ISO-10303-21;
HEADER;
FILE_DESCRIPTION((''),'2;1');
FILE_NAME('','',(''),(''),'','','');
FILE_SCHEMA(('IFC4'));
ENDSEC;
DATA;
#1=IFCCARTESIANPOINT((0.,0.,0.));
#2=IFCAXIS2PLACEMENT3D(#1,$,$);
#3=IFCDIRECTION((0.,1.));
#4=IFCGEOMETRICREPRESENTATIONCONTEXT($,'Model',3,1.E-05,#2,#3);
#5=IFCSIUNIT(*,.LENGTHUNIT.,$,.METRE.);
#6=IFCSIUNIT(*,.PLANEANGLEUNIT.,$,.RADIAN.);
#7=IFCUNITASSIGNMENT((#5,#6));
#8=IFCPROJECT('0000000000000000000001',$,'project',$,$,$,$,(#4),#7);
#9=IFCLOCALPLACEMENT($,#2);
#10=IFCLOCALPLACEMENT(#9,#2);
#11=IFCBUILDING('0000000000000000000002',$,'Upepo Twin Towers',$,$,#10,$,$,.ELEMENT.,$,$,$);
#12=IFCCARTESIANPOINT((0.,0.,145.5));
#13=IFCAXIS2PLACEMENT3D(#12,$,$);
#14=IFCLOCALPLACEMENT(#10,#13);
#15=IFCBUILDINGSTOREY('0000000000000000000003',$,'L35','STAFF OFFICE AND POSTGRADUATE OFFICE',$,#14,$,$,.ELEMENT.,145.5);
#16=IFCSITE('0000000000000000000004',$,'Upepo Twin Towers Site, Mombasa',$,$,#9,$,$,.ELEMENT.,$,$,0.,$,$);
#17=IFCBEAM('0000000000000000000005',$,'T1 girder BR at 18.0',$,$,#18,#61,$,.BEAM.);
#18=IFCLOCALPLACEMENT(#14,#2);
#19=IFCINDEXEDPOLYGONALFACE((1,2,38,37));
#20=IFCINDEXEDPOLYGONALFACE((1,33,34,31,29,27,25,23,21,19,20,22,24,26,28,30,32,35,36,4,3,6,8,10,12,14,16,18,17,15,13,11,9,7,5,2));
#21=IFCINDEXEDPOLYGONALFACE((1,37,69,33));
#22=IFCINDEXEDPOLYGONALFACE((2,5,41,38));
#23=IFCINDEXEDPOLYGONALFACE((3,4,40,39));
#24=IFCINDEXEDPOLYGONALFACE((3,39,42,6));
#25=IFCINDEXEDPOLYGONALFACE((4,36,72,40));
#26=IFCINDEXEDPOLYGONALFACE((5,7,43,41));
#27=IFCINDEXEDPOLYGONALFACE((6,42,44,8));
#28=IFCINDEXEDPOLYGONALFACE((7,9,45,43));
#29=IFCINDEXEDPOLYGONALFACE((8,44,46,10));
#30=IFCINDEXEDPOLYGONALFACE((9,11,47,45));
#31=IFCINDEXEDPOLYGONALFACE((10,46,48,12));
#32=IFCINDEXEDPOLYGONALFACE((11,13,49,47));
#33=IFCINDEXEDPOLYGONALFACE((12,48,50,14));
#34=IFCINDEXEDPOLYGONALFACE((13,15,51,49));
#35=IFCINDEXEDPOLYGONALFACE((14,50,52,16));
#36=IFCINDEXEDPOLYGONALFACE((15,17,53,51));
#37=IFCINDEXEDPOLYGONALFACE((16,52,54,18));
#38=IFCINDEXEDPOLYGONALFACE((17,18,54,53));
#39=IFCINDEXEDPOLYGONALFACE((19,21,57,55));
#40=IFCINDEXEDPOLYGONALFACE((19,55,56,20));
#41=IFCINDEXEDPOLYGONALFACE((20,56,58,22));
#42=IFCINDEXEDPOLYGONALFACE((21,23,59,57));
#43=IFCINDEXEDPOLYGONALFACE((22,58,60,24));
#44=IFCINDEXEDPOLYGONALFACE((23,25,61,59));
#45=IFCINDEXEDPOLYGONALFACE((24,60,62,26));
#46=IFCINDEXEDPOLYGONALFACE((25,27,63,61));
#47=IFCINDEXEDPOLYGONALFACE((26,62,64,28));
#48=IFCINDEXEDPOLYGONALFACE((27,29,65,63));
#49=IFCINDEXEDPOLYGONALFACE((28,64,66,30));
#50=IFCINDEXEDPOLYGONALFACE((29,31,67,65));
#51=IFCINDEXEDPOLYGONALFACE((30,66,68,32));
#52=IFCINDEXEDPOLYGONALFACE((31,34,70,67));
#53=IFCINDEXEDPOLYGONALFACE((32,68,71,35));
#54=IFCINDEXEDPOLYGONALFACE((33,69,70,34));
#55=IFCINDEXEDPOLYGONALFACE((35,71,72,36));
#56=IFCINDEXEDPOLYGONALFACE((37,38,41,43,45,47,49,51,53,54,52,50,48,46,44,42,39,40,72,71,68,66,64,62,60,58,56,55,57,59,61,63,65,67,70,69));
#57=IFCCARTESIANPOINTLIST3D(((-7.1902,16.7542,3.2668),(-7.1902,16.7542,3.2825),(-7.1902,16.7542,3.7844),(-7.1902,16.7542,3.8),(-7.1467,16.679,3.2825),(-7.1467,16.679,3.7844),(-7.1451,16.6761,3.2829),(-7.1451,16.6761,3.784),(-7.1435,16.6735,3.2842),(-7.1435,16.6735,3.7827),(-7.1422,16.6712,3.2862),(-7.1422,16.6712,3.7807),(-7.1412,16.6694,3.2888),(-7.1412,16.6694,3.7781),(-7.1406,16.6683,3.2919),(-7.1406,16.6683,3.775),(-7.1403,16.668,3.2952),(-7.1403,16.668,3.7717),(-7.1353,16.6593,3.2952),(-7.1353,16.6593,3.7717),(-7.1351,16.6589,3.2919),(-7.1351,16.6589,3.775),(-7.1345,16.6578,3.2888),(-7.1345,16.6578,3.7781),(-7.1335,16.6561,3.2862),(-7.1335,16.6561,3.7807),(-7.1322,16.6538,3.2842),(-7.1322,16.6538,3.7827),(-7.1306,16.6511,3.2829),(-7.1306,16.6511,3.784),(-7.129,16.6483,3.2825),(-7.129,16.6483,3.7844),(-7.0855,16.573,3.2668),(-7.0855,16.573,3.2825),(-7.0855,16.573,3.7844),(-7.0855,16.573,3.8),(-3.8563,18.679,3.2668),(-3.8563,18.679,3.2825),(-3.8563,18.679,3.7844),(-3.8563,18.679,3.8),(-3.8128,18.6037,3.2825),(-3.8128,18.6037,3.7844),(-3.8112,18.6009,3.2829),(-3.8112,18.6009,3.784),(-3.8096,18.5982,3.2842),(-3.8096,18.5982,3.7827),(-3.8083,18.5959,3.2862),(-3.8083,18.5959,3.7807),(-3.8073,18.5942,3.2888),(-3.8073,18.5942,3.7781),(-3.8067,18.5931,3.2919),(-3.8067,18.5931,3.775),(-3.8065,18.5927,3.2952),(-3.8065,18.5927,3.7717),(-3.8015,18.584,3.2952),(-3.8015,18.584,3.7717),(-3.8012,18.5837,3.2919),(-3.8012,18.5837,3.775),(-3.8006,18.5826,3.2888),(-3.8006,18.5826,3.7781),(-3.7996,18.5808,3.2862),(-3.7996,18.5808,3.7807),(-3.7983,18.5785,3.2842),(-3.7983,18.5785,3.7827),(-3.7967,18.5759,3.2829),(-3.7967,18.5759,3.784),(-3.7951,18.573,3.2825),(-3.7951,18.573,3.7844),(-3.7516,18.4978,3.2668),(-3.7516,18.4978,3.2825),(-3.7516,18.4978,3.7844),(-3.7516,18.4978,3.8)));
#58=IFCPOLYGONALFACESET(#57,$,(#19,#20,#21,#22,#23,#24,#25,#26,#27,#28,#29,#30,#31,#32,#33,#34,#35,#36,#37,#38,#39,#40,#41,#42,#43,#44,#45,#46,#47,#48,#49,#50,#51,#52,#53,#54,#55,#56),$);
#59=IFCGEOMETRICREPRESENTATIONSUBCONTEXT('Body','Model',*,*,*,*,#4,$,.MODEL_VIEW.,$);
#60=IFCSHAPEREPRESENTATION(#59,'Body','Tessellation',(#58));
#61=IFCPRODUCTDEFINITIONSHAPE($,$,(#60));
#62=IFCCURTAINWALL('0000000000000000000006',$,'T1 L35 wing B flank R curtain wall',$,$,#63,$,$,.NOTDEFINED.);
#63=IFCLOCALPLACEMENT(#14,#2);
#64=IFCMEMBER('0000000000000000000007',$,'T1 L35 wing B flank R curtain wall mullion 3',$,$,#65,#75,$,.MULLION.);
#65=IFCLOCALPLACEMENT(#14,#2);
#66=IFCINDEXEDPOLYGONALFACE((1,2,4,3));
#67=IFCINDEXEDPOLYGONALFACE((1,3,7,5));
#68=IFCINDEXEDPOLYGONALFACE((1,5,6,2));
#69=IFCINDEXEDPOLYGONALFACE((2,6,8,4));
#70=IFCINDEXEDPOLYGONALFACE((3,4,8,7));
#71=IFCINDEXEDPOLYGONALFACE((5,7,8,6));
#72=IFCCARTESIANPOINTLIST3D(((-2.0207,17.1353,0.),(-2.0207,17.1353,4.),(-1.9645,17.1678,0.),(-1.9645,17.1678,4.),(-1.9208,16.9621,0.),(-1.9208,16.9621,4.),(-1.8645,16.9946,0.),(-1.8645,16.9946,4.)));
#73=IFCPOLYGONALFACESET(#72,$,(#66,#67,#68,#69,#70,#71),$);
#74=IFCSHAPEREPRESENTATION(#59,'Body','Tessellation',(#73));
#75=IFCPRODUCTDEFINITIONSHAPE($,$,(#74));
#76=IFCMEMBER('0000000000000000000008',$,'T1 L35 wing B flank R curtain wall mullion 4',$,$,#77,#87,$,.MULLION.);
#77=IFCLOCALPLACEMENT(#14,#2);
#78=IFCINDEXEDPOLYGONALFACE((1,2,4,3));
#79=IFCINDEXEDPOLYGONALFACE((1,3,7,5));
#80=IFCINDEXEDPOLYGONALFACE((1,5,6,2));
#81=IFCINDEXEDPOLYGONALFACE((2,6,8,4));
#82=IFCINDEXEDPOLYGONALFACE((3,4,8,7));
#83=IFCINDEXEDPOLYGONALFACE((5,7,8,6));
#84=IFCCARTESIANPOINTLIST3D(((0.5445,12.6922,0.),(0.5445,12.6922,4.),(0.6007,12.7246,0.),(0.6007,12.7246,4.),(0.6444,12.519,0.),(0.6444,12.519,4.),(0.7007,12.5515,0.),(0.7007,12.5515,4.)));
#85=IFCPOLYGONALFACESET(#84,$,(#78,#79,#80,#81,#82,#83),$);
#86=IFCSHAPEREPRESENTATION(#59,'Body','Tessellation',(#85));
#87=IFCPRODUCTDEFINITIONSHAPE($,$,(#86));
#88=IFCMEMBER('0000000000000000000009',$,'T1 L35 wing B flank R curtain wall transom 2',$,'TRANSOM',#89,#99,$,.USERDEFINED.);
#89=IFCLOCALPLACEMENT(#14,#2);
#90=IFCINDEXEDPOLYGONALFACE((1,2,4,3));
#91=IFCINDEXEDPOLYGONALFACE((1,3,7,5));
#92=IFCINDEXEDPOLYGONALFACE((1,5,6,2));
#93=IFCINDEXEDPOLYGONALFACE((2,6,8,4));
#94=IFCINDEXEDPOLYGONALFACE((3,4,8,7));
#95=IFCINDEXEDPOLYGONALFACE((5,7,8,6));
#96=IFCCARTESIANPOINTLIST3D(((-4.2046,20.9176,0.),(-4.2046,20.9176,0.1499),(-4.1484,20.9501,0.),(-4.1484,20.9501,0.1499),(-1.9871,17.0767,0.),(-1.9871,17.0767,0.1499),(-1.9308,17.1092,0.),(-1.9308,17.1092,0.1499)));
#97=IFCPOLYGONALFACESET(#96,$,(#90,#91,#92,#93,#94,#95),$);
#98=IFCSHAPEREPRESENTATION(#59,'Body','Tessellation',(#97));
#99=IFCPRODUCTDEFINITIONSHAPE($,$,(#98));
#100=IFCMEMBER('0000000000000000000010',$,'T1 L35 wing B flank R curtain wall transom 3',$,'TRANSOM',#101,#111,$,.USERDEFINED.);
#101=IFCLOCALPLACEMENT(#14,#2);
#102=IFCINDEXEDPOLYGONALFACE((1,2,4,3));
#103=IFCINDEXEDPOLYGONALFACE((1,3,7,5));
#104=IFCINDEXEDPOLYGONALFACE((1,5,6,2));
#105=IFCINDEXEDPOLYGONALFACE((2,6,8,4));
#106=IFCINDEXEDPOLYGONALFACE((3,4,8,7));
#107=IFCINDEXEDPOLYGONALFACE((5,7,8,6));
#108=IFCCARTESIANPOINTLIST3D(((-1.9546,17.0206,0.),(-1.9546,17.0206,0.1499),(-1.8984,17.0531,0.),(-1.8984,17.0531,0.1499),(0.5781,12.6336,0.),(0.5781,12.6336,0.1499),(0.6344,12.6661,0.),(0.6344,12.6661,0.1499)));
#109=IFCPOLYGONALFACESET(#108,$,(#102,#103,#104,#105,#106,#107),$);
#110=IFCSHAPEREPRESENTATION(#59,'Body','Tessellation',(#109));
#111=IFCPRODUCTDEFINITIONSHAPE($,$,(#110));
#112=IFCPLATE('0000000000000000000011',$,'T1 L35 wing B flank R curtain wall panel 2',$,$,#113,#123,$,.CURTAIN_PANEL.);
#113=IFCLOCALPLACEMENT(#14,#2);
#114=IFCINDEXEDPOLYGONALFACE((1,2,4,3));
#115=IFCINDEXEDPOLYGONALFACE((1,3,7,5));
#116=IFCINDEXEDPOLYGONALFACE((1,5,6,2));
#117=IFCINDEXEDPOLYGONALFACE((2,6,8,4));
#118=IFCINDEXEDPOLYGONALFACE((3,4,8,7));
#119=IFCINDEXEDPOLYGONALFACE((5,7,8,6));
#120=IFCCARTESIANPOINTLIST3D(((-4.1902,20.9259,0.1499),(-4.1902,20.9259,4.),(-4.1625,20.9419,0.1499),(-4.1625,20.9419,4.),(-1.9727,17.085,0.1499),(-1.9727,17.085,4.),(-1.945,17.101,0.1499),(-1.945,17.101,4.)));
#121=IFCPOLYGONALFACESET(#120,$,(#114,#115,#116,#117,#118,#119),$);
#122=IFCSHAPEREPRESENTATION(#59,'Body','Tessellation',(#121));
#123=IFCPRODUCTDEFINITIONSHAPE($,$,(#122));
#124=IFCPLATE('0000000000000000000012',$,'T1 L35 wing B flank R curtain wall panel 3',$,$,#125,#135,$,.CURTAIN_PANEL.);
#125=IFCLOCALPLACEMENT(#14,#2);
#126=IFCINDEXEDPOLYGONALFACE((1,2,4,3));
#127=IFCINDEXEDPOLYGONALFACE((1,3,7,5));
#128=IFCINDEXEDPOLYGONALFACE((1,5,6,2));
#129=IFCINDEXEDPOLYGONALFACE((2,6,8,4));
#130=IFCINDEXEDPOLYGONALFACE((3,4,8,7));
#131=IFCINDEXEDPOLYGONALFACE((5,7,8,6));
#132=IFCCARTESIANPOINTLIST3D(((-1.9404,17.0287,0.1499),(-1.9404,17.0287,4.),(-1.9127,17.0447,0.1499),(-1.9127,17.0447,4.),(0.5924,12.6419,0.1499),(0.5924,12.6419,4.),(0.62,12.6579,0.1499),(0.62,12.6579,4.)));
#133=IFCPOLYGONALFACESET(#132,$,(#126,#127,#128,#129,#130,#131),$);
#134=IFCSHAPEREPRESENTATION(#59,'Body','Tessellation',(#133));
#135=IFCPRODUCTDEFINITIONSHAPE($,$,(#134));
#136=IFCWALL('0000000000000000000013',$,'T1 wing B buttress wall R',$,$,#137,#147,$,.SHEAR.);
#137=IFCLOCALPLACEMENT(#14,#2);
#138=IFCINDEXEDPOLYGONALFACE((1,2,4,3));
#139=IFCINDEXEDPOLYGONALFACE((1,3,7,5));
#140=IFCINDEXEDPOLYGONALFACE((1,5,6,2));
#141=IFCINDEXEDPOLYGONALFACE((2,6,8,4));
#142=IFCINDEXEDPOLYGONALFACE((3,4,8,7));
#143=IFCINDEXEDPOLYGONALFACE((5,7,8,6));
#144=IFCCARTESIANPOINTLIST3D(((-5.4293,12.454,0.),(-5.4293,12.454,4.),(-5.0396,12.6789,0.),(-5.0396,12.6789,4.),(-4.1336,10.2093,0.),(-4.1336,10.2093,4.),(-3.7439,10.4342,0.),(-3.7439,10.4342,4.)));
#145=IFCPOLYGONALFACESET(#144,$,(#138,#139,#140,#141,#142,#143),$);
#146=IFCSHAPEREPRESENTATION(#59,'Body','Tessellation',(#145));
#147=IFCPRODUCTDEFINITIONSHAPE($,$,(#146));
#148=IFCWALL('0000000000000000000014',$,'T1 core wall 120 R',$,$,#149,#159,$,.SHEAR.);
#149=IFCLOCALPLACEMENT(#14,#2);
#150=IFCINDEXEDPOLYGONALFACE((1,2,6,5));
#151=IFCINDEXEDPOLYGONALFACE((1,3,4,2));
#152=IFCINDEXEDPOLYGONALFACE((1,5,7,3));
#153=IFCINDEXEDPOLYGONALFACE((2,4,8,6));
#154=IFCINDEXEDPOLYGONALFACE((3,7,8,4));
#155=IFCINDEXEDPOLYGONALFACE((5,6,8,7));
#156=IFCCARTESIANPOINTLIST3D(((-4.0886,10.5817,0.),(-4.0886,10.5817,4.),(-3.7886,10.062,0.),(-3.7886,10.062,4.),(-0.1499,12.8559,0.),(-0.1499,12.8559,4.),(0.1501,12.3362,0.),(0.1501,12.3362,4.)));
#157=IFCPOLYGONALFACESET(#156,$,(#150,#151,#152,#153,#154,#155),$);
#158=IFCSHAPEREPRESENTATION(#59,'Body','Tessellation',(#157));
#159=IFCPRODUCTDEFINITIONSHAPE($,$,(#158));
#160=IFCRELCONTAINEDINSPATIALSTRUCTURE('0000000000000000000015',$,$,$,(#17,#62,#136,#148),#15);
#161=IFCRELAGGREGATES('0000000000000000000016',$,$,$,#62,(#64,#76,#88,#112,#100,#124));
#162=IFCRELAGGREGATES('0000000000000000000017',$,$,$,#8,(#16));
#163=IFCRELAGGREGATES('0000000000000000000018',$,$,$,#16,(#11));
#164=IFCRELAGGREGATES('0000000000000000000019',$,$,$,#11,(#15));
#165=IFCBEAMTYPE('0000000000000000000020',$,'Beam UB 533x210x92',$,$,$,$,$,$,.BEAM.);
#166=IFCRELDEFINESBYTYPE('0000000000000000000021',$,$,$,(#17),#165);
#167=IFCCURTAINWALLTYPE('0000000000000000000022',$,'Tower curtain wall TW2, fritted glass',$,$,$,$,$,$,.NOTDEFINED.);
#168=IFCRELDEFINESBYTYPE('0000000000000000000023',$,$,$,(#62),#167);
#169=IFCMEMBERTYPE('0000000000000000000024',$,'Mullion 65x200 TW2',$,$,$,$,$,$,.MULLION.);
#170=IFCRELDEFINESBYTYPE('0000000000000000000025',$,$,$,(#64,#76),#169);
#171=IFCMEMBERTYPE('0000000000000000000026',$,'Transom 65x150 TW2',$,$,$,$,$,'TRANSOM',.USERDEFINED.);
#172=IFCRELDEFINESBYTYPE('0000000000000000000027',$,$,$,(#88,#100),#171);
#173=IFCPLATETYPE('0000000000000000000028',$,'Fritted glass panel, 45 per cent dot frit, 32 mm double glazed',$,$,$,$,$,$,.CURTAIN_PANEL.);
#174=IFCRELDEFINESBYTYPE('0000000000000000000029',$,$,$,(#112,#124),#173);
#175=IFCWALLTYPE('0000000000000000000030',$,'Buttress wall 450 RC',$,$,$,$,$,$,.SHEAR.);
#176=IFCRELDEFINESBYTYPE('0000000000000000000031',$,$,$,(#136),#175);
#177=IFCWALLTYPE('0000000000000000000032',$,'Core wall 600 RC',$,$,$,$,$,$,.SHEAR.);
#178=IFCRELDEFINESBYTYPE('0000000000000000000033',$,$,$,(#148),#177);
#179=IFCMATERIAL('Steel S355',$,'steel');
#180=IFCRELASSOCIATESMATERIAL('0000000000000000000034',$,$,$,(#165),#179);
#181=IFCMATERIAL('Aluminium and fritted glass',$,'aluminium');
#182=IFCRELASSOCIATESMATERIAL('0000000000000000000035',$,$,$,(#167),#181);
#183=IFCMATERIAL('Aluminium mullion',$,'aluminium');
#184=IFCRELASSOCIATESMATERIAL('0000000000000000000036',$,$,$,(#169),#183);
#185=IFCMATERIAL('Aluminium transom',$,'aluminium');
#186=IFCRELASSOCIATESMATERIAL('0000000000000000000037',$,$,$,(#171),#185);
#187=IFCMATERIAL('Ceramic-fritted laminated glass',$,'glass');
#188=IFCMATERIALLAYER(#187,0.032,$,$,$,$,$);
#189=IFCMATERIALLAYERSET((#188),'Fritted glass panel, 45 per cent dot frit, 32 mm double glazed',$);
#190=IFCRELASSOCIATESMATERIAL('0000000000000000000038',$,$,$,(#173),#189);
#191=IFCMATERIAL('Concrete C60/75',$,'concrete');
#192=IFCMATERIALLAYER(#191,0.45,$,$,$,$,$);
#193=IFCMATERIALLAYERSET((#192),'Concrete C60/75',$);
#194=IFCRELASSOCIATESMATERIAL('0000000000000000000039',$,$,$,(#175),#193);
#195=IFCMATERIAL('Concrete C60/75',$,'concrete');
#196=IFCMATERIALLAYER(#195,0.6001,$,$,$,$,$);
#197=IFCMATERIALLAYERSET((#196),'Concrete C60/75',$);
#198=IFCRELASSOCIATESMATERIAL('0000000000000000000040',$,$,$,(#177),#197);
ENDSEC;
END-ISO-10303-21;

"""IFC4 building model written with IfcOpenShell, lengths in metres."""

from ifc_helpers import new_model, si_unit, direction, frame, frame_2d, origin, origin_2d, place, context, subcontext, project, spatial, rectangle, i_section, extrude, material, layer, layer_set, material_profile, profile_set, type_object, element, aggregate, save


model = new_model("IFC4")

# Units and contexts
model_context = context("Model", 3, precision=1e-05, world=origin(), true_north=direction((0.0, 1.0)))
body_context = subcontext(model_context, "Body", "Model", "MODEL_VIEW")
ifc_project = project(units=[si_unit("LENGTHUNIT", "METRE"), si_unit("PLANEANGLEUNIT", "RADIAN")], contexts=[model_context])

# Site, building, storey
site_placement = place(None, origin())
site = spatial("IfcSite", under=ifc_project, at=site_placement, Name="Upepo Twin Towers Site, Mombasa", CompositionType="ELEMENT", RefElevation=0.0)
building_placement = place(site_placement, origin())
building = spatial("IfcBuilding", under=site, at=building_placement, Name="Upepo Twin Towers", CompositionType="ELEMENT")
storey_placement = place(building_placement, frame((0.0, 0.0, 145.5)))
storey = spatial("IfcBuildingStorey", under=building, at=storey_placement, Name="L35", Description="STAFF OFFICE AND POSTGRADUATE OFFICE", CompositionType="ELEMENT", Elevation=145.5)

# Beam
ifc_material_1 = material(Name="Steel S355", Category="steel")
ifc_material_profile_1 = material_profile(ifc_material_1, i_section(OverallWidth=0.2092, OverallDepth=0.5332, WebThickness=0.01, FlangeThickness=0.0156, FilletRadius=0.0127, at=origin_2d()), Name="UB 533x210x92")
ifc_profile_set_1 = profile_set([ifc_material_profile_1], Name="Steel S355")
beam_type_1 = type_object("IfcBeamType", Name="Beam UB 533x210x92", PredefinedType="BEAM", material=ifc_profile_set_1)
beam_1_placement = place(storey_placement, frame((-3.804, 18.5884, 3.5334), z_axis=(-0.866034, -0.499986, 0.0), x_axis=(0.499986, -0.866034, 0.0)))
element("IfcBeam", 1, at=beam_1_placement, inside=storey, type_object=beam_type_1, Name="T1 girder BR at 18.0", PredefinedType="BEAM", context=body_context, shape_type="SweptSolid", body=[
    extrude(i_section(OverallWidth=0.2092, OverallDepth=0.5332, WebThickness=0.01, FlangeThickness=0.0156, FilletRadius=0.0127, at=origin_2d()), origin(), (0.0, 0.0, 1.0), 3.8496),
])

# Curtain wall, members, plates
ifc_material_2 = material(Name="Aluminium and fritted glass", Category="aluminium")
curtain_wall_type = type_object("IfcCurtainWallType", Name="Tower curtain wall TW2, fritted glass", PredefinedType="NOTDEFINED", material=ifc_material_2)
curtain_wall_placement = place(storey_placement, origin())
curtain_wall = element("IfcCurtainWall", 2, at=curtain_wall_placement, inside=storey, type_object=curtain_wall_type, Name="T1 L35 wing B flank R curtain wall", PredefinedType="NOTDEFINED")
ifc_material_3 = material(Name="Aluminium mullion", Category="aluminium")
ifc_material_profile_2 = material_profile(ifc_material_3, rectangle(XDim=0.0649, YDim=0.2, at=origin_2d()), Name="MULLION 65x200")
ifc_profile_set_2 = profile_set([ifc_material_profile_2], Name="Aluminium mullion")
member_type_1 = type_object("IfcMemberType", Name="Mullion 65x200 TW2", PredefinedType="MULLION", material=ifc_profile_set_2)
member_1_placement = place(storey_placement, frame((-1.9426, 17.0649, 0.0), z_axis=(0.0, 0.0, 1.0), x_axis=(0.866025, 0.5, 0.0)))
member_1 = element("IfcMember", 3, at=member_1_placement, type_object=member_type_1, Name="T1 L35 wing B flank R curtain wall mullion 3", PredefinedType="MULLION", context=body_context, shape_type="SweptSolid", body=[
    extrude(rectangle(XDim=0.0649, YDim=0.2, at=origin_2d()), origin(), (0.0, 0.0, 1.0), 4.0),
])
member_2_placement = place(storey_placement, frame((0.6226, 12.6218, 0.0), z_axis=(0.0, 0.0, 1.0), x_axis=(0.866025, 0.5, 0.0)))
member_2 = element("IfcMember", 4, at=member_2_placement, type_object=member_type_1, Name="T1 L35 wing B flank R curtain wall mullion 4", PredefinedType="MULLION", context=body_context, shape_type="SweptSolid", body=[
    extrude(rectangle(XDim=0.0649, YDim=0.2, at=origin_2d()), origin(), (0.0, 0.0, 1.0), 4.0),
])
ifc_material_4 = material(Name="Aluminium transom", Category="aluminium")
ifc_material_profile_3 = material_profile(ifc_material_4, rectangle(XDim=0.0649, YDim=0.1499, at=origin_2d()), Name="TRANSOM 65x150")
ifc_profile_set_3 = profile_set([ifc_material_profile_3], Name="Aluminium transom")
member_type_2 = type_object("IfcMemberType", Name="Transom 65x150 TW2", ElementType="TRANSOM", PredefinedType="USERDEFINED", material=ifc_profile_set_3)
member_3_placement = place(storey_placement, frame((-4.1765, 20.9338, 0.075), z_axis=(0.500005, -0.866022, 0.0), x_axis=(0.866022, 0.500005, 0.0)))
member_3 = element("IfcMember", 5, at=member_3_placement, type_object=member_type_2, Name="T1 L35 wing B flank R curtain wall transom 2", ObjectType="TRANSOM", PredefinedType="USERDEFINED", context=body_context, shape_type="SweptSolid", body=[
    extrude(rectangle(XDim=0.0649, YDim=0.1499, at=origin_2d()), origin(), (0.0, 0.0, 1.0), 4.4351),
])
member_4_placement = place(storey_placement, frame((-1.9265, 17.0369, 0.075), z_axis=(0.499985, -0.866034, 0.0), x_axis=(0.866034, 0.499985, 0.0)))
member_4 = element("IfcMember", 6, at=member_4_placement, type_object=member_type_2, Name="T1 L35 wing B flank R curtain wall transom 3", ObjectType="TRANSOM", PredefinedType="USERDEFINED", context=body_context, shape_type="SweptSolid", body=[
    extrude(rectangle(XDim=0.0649, YDim=0.1499, at=origin_2d()), origin(), (0.0, 0.0, 1.0), 5.0657),
])
ifc_material_5 = material(Name="Ceramic-fritted laminated glass", Category="glass")
ifc_layer_1 = layer(ifc_material_5, 0.032)
ifc_layer_set_1 = layer_set([ifc_layer_1], Name="Fritted glass panel, 45 per cent dot frit, 32 mm double glazed")
plate_type = type_object("IfcPlateType", Name="Fritted glass panel, 45 per cent dot frit, 32 mm double glazed", PredefinedType="CURTAIN_PANEL", material=ifc_layer_set_1)
plate_1_placement = place(storey_placement, frame((-3.0676, 19.0134, 0.1499), z_axis=(0.0, 0.0, 1.0), x_axis=(0.5, -0.866025, 0.0)))
plate_1 = element("IfcPlate", 7, at=plate_1_placement, type_object=plate_type, Name="T1 L35 wing B flank R curtain wall panel 2", PredefinedType="CURTAIN_PANEL", context=body_context, shape_type="SweptSolid", body=[
    extrude(rectangle(XDim=4.4351, YDim=0.032, at=origin_2d()), origin(), (0.0, 0.0, 1.0), 3.8501),
])
plate_2_placement = place(storey_placement, frame((-0.6602, 14.8433, 0.1499), z_axis=(0.0, 0.0, 1.0), x_axis=(0.5, -0.866025, 0.0)))
plate_2 = element("IfcPlate", 8, at=plate_2_placement, type_object=plate_type, Name="T1 L35 wing B flank R curtain wall panel 3", PredefinedType="CURTAIN_PANEL", context=body_context, shape_type="SweptSolid", body=[
    extrude(rectangle(XDim=5.0654, YDim=0.032, at=origin_2d()), origin(), (0.0, 0.0, 1.0), 3.8501),
])
aggregate(curtain_wall, [member_1, member_2, member_3, plate_1, member_4, plate_2])

# Walls
ifc_material_6 = material(Name="Concrete C60/75", Category="concrete")
ifc_layer_2 = layer(ifc_material_6, 0.45)
ifc_layer_set_2 = layer_set([ifc_layer_2], Name="Concrete C60/75")
wall_type_1 = type_object("IfcWallType", Name="Buttress wall 450 RC", PredefinedType="SHEAR", material=ifc_layer_set_2)
wall_1_placement = place(storey_placement, frame((-3.9387, 10.3218, 0.0), z_axis=(0.0, 0.0, 1.0), x_axis=(-0.499918, 0.866073, 0.0)))
element("IfcWall", 9, at=wall_1_placement, inside=storey, type_object=wall_type_1, Name="T1 wing B buttress wall R", PredefinedType="SHEAR", context=body_context, shape_type="SweptSolid", body=[
    extrude(rectangle(XDim=2.5918, YDim=0.45, at=frame_2d((1.2959, 0.0))), origin(), (0.0, 0.0, 1.0), 4.0),
])
ifc_material_7 = material(Name="Concrete C60/75", Category="concrete")
ifc_layer_3 = layer(ifc_material_7, 0.6001)
ifc_layer_set_3 = layer_set([ifc_layer_3], Name="Concrete C60/75")
wall_type_2 = type_object("IfcWallType", Name="Core wall 600 RC", PredefinedType="SHEAR", material=ifc_layer_set_3)
wall_2_placement = place(storey_placement, frame((0.0, 12.5959, 0.0), z_axis=(0.0, 0.0, 1.0), x_axis=(-0.866011, -0.500024, 0.0)))
element("IfcWall", 10, at=wall_2_placement, inside=storey, type_object=wall_type_2, Name="T1 core wall 120 R", PredefinedType="SHEAR", context=body_context, shape_type="SweptSolid", body=[
    extrude(rectangle(XDim=4.5481, YDim=0.6001, at=frame_2d((2.2739, 0.0))), origin(), (0.0, 0.0, 1.0), 4.0),
])

save(model, "model.ifc")
